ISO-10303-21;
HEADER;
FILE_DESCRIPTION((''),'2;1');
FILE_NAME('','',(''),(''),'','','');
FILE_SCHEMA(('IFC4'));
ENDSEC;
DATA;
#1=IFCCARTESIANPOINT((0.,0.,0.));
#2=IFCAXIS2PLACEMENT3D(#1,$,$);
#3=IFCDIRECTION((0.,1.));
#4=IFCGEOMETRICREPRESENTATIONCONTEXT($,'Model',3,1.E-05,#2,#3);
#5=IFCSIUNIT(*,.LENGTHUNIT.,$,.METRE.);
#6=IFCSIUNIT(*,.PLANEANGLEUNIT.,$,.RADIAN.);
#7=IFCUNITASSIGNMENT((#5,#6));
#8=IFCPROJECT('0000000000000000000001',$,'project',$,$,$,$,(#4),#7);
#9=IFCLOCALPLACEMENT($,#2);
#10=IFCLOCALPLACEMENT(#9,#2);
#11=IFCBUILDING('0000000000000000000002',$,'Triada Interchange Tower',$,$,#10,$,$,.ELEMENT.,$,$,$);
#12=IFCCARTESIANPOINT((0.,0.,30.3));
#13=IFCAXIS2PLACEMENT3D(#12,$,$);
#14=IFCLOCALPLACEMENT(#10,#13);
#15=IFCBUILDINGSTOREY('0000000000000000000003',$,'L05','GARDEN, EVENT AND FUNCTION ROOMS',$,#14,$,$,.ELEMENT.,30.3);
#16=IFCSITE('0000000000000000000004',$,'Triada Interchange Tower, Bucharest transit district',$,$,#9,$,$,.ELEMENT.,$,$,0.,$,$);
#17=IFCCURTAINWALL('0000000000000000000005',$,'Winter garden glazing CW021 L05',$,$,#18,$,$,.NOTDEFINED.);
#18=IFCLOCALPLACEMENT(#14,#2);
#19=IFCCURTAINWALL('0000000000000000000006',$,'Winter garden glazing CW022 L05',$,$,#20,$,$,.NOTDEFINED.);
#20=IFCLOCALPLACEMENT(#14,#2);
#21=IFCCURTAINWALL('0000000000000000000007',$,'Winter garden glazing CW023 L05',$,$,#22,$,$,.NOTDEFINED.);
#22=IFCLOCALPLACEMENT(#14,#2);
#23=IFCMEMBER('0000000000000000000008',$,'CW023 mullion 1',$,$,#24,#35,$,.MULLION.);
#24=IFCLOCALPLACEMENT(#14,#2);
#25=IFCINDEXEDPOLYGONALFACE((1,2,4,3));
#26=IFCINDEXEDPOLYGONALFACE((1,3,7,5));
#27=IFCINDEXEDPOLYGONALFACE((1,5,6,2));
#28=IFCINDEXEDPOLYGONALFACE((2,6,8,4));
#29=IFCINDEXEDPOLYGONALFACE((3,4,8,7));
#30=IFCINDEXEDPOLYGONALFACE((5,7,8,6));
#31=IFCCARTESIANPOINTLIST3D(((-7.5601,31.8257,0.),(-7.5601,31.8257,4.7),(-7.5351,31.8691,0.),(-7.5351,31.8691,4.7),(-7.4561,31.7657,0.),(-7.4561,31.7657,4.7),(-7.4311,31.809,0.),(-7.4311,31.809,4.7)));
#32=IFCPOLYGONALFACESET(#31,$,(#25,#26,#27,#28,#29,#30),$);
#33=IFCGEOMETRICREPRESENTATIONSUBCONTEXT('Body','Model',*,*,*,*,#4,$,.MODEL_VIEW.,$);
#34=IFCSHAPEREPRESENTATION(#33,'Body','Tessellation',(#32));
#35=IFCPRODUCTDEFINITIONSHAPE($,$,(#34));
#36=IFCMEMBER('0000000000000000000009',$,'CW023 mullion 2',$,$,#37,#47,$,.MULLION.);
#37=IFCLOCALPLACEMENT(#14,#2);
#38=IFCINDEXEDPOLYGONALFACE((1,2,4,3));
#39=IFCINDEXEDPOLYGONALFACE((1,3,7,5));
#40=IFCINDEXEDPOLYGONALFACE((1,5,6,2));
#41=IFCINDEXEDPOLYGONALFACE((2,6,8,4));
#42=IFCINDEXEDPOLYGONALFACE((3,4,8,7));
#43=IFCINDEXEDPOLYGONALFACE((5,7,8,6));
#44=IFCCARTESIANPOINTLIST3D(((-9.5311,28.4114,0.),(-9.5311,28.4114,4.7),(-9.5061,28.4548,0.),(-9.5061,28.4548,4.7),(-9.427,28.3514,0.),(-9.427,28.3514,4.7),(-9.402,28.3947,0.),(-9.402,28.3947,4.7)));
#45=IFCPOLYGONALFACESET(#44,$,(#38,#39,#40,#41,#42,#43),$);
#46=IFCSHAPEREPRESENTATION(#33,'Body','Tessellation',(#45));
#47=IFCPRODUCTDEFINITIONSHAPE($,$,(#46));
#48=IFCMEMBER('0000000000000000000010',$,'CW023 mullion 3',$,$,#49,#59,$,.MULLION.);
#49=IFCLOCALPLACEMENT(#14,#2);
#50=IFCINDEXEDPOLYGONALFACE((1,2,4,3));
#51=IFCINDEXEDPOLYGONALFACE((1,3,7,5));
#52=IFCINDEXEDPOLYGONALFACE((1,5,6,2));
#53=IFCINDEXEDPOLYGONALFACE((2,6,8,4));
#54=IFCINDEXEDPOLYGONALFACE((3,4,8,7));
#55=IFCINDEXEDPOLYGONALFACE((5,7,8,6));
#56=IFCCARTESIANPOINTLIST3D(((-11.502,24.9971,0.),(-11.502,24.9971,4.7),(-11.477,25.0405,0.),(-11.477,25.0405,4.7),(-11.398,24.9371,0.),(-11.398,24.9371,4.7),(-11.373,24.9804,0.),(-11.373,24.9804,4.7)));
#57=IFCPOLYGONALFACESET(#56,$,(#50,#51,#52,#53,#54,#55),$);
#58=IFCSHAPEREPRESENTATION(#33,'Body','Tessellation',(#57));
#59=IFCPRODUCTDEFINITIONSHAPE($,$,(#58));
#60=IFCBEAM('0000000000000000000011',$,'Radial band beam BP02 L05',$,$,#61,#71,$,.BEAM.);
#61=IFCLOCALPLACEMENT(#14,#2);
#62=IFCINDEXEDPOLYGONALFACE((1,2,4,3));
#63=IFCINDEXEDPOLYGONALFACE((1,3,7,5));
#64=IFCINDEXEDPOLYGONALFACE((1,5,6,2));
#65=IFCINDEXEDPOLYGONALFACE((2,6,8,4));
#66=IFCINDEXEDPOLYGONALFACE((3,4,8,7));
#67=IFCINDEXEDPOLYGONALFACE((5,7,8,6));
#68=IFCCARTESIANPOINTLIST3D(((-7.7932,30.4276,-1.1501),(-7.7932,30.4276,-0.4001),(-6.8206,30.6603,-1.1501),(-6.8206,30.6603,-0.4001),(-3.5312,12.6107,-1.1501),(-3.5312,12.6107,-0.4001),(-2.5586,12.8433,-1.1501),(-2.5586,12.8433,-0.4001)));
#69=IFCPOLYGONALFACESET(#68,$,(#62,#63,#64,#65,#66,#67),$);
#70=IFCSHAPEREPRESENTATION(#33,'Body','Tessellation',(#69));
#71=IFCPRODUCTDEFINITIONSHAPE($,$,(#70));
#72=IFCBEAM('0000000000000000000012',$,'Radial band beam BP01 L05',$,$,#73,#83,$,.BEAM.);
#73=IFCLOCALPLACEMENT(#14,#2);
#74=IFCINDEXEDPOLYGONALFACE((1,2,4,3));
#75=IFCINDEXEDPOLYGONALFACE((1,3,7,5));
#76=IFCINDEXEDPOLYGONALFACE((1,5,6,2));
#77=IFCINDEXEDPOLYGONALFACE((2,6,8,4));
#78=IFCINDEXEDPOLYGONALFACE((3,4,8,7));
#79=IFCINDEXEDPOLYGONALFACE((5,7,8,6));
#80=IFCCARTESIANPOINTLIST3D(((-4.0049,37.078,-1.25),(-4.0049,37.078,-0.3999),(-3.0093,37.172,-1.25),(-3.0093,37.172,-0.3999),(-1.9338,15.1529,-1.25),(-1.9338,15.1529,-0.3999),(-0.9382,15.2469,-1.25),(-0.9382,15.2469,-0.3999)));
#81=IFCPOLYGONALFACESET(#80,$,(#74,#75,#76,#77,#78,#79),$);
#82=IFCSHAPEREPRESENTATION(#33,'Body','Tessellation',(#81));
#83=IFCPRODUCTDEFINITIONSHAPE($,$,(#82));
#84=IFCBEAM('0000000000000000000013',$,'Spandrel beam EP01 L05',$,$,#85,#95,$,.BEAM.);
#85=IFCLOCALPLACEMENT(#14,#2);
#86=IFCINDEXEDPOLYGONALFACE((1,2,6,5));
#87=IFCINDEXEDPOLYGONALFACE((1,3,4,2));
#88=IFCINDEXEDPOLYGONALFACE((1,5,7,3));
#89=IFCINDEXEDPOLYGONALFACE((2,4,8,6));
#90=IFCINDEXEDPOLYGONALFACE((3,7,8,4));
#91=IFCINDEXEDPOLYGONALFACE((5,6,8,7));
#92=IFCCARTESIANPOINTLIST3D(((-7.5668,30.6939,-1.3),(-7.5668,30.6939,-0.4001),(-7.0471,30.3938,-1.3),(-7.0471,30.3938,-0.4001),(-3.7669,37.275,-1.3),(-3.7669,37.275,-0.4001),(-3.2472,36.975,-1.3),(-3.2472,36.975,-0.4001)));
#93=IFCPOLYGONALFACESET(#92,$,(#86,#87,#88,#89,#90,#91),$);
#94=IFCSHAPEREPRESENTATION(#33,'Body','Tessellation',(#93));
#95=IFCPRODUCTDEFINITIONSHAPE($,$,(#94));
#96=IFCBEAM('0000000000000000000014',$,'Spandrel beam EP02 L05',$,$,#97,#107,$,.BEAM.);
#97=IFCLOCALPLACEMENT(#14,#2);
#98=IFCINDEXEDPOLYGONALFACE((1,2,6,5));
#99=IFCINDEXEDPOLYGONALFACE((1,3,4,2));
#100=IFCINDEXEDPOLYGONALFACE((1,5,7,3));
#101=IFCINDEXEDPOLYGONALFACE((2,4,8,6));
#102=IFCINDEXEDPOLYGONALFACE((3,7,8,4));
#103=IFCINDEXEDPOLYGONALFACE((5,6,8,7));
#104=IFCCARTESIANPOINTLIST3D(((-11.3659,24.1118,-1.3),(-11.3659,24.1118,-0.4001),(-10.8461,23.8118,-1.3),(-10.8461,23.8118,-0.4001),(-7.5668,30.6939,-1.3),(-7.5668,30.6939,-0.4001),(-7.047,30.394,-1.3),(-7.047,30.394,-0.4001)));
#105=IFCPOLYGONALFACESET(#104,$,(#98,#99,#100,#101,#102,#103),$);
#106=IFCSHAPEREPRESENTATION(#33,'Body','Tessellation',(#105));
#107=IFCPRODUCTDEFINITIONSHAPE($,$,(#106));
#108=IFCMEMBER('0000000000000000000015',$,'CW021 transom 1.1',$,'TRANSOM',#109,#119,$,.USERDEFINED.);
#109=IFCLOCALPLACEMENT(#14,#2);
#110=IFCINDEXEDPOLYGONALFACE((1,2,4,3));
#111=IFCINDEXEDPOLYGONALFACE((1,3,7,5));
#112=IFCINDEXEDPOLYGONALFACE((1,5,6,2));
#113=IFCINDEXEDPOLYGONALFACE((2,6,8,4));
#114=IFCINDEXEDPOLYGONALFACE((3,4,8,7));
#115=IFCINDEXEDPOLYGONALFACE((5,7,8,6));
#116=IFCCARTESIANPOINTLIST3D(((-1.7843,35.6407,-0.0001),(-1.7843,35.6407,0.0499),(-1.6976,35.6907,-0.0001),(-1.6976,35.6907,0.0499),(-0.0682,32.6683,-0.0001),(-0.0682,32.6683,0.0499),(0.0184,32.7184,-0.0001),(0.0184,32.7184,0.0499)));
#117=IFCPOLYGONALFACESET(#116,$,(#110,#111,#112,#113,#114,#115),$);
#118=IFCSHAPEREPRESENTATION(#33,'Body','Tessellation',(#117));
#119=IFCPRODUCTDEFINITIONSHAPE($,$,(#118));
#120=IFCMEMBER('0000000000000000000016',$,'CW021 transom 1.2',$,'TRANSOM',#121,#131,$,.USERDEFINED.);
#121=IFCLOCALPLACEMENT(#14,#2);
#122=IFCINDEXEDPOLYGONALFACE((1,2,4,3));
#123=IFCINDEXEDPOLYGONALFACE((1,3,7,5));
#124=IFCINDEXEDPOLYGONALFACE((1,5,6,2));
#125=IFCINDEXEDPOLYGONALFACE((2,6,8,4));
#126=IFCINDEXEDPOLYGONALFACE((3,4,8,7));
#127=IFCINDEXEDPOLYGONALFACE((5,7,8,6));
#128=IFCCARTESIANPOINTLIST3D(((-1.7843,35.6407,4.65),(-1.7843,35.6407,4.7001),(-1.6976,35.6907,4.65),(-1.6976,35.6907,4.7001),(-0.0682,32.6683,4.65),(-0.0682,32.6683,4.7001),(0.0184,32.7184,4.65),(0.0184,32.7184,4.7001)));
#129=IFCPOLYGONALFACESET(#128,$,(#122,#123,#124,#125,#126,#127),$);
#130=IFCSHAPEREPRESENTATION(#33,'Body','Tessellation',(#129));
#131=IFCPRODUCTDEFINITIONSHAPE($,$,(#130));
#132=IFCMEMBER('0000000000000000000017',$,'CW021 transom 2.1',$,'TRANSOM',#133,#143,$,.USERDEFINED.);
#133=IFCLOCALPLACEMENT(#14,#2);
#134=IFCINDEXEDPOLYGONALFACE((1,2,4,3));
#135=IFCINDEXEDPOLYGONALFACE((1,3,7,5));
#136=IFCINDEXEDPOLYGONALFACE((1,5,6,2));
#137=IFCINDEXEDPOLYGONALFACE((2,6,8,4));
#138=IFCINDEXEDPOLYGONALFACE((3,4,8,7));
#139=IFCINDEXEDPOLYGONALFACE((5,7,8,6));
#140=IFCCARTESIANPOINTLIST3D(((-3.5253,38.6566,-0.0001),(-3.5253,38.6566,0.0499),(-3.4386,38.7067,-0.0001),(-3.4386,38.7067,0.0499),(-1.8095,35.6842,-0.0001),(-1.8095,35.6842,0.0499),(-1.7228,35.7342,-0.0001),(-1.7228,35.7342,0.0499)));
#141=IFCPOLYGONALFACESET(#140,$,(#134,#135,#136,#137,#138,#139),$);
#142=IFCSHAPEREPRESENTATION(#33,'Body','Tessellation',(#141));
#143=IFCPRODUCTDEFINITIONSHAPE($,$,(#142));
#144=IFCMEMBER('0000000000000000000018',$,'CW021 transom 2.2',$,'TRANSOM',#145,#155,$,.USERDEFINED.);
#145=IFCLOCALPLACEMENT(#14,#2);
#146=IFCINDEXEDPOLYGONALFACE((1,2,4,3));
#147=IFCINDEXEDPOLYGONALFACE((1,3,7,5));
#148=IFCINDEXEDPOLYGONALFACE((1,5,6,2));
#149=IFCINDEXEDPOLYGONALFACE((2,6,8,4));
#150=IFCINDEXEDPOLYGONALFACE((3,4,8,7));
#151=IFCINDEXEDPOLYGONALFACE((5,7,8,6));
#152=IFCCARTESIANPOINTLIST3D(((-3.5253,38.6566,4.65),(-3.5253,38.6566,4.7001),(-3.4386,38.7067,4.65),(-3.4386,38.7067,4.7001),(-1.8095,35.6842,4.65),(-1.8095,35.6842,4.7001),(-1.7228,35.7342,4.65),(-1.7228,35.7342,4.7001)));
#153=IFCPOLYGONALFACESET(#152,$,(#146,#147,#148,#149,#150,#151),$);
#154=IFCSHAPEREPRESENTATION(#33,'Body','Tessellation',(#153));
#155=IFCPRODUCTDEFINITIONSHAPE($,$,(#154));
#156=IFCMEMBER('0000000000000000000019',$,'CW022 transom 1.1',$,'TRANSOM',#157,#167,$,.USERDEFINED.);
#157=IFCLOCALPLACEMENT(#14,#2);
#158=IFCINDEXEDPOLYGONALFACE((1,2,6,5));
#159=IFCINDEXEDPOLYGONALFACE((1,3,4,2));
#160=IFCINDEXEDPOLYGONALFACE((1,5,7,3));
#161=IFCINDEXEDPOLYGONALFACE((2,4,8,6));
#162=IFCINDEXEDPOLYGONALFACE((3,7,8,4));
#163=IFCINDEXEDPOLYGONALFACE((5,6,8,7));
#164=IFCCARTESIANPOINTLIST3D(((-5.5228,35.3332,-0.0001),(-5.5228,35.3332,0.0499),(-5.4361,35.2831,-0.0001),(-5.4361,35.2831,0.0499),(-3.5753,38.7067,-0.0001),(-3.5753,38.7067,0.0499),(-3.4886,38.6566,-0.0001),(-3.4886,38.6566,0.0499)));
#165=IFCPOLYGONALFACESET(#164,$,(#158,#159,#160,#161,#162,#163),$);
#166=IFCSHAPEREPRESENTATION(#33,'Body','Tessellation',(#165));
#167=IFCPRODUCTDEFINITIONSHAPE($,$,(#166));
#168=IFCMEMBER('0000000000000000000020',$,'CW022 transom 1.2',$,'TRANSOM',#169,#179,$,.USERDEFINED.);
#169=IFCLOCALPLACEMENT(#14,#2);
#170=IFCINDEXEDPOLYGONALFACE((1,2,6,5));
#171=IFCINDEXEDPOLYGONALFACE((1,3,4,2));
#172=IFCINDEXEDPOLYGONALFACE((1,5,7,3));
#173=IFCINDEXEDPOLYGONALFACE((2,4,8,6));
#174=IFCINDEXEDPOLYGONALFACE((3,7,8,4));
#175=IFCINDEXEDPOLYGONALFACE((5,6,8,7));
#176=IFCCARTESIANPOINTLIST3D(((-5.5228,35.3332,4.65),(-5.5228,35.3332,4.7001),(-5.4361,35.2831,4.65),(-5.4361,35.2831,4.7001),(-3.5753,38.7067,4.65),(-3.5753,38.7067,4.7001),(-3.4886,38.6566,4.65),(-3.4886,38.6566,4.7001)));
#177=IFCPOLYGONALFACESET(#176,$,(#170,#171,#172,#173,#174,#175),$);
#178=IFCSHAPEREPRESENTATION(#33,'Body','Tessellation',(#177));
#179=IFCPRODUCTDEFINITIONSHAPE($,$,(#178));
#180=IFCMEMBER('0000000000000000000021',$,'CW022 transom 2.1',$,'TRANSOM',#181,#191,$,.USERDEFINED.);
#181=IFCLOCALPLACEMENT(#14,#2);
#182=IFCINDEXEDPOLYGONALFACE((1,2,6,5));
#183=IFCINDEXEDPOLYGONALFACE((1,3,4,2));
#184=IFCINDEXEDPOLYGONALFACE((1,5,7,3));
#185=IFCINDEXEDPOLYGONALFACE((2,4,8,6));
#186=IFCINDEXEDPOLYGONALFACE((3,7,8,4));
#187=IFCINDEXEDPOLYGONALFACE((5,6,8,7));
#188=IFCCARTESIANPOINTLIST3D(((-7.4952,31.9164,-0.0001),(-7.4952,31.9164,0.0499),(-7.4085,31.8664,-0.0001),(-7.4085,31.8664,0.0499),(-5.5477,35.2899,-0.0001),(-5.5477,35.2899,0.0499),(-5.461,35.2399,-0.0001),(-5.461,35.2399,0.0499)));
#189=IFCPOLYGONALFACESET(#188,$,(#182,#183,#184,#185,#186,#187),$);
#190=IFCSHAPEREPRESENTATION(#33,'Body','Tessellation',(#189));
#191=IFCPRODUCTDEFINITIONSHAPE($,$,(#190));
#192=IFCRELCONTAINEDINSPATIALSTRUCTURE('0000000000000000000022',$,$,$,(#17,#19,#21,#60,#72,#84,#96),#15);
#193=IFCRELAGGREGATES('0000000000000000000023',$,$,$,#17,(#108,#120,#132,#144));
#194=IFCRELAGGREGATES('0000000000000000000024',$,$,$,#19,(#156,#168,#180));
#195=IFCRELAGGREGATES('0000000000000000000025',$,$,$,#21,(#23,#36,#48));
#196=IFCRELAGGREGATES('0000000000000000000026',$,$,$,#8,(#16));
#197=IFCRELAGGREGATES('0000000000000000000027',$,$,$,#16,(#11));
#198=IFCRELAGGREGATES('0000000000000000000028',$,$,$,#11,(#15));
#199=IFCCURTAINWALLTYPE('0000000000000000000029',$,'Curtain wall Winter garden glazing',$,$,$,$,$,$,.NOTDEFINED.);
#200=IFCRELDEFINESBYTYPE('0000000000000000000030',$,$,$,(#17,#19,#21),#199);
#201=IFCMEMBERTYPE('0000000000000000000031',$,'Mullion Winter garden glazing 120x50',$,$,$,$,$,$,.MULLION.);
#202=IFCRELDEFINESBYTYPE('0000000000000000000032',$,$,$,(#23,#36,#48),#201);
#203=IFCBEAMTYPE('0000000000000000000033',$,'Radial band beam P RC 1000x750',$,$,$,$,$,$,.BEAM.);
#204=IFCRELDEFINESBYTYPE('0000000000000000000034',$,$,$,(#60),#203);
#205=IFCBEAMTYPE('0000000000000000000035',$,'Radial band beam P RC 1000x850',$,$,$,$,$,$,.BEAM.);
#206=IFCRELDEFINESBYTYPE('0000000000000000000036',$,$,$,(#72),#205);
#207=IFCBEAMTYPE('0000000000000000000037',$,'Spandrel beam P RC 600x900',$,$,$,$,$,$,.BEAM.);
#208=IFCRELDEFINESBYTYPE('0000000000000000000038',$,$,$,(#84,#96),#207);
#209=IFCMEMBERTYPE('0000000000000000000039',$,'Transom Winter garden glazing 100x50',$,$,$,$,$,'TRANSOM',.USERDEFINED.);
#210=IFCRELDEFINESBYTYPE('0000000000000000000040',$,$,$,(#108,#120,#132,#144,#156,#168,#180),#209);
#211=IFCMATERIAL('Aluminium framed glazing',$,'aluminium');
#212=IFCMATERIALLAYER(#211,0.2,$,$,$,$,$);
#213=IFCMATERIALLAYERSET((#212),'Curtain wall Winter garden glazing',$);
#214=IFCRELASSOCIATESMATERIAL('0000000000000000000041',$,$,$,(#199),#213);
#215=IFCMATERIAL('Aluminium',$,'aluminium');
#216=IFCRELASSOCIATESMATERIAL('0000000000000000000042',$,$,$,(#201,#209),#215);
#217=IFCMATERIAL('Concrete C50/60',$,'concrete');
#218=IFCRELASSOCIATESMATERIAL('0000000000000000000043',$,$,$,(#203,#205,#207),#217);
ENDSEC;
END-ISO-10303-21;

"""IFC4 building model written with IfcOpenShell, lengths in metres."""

from ifc_helpers import new_model, si_unit, direction, frame, origin, origin_2d, place, context, subcontext, project, spatial, rectangle, extrude, material, layer, layer_set, material_profile, profile_set, type_object, element, aggregate, save


model = new_model("IFC4")

# Units and contexts
model_context = context("Model", 3, precision=1e-05, world=origin(), true_north=direction((0.0, 1.0)))
body_context = subcontext(model_context, "Body", "Model", "MODEL_VIEW")
ifc_project = project(units=[si_unit("LENGTHUNIT", "METRE"), si_unit("PLANEANGLEUNIT", "RADIAN")], contexts=[model_context])

# Site, building, storey
site_placement = place(None, origin())
site = spatial("IfcSite", under=ifc_project, at=site_placement, Name="Triada Interchange Tower, Bucharest transit district", CompositionType="ELEMENT", RefElevation=0.0)
building_placement = place(site_placement, origin())
building = spatial("IfcBuilding", under=site, at=building_placement, Name="Triada Interchange Tower", CompositionType="ELEMENT")
storey_placement = place(building_placement, frame((0.0, 0.0, 30.3)))
storey = spatial("IfcBuildingStorey", under=building, at=storey_placement, Name="L05", Description="GARDEN, EVENT AND FUNCTION ROOMS", CompositionType="ELEMENT", Elevation=30.3)

# Curtain walls, members
ifc_material_1 = material(Name="Aluminium framed glazing", Category="aluminium")
ifc_layer_1 = layer(ifc_material_1, 0.2)
ifc_layer_set_1 = layer_set([ifc_layer_1], Name="Curtain wall Winter garden glazing")
curtain_wall_type = type_object("IfcCurtainWallType", Name="Curtain wall Winter garden glazing", PredefinedType="NOTDEFINED", material=ifc_layer_set_1)
curtain_wall_1_placement = place(storey_placement, origin())
curtain_wall_1 = element("IfcCurtainWall", 1, at=curtain_wall_1_placement, inside=storey, type_object=curtain_wall_type, Name="Winter garden glazing CW021 L05", PredefinedType="NOTDEFINED")
ifc_material_2 = material(Name="Aluminium", Category="aluminium")
ifc_material_profile_1 = material_profile(ifc_material_2, rectangle(XDim=0.1201, YDim=0.05, at=origin_2d()), Name="Aluminium mullion")
ifc_profile_set_1 = profile_set([ifc_material_profile_1], Name="Aluminium")
member_type_1 = type_object("IfcMemberType", Name="Mullion Winter garden glazing 120x50", PredefinedType="MULLION", material=ifc_profile_set_1)
curtain_wall_2_placement = place(storey_placement, origin())
curtain_wall_2 = element("IfcCurtainWall", 2, at=curtain_wall_2_placement, inside=storey, type_object=curtain_wall_type, Name="Winter garden glazing CW022 L05", PredefinedType="NOTDEFINED")
curtain_wall_3_placement = place(storey_placement, origin())
curtain_wall_3 = element("IfcCurtainWall", 3, at=curtain_wall_3_placement, inside=storey, type_object=curtain_wall_type, Name="Winter garden glazing CW023 L05", PredefinedType="NOTDEFINED")
member_1_placement = place(storey_placement, frame((-7.4956, 31.8174, 0.0), z_axis=(0.0, 0.0, 1.0), x_axis=(0.866055, -0.499948, 0.0)))
member_1 = element("IfcMember", 4, at=member_1_placement, type_object=member_type_1, Name="CW023 mullion 1", PredefinedType="MULLION", context=body_context, shape_type="SweptSolid", body=[
    extrude(rectangle(XDim=0.1201, YDim=0.05, at=origin_2d()), origin(), (0.0, 0.0, 1.0), 4.7),
])
member_2_placement = place(storey_placement, frame((-9.4666, 28.4031, 0.0), z_axis=(0.0, 0.0, 1.0), x_axis=(0.866055, -0.499948, 0.0)))
member_2 = element("IfcMember", 5, at=member_2_placement, type_object=member_type_1, Name="CW023 mullion 2", PredefinedType="MULLION", context=body_context, shape_type="SweptSolid", body=[
    extrude(rectangle(XDim=0.1201, YDim=0.05, at=origin_2d()), origin(), (0.0, 0.0, 1.0), 4.7),
])
member_3_placement = place(storey_placement, frame((-11.4375, 24.9888, 0.0), z_axis=(0.0, 0.0, 1.0), x_axis=(0.866055, -0.499948, 0.0)))
member_3 = element("IfcMember", 6, at=member_3_placement, type_object=member_type_1, Name="CW023 mullion 3", PredefinedType="MULLION", context=body_context, shape_type="SweptSolid", body=[
    extrude(rectangle(XDim=0.1201, YDim=0.05, at=origin_2d()), origin(), (0.0, 0.0, 1.0), 4.7),
])

# Beams
ifc_material_3 = material(Name="Concrete C50/60", Category="concrete")
ifc_material_profile_2 = material_profile(ifc_material_3, rectangle(XDim=1.0, YDim=0.75, at=origin_2d()), Name="RC 1000x750")
ifc_profile_set_2 = profile_set([ifc_material_profile_2], Name="Concrete C50/60")
beam_type_1 = type_object("IfcBeamType", Name="Radial band beam P RC 1000x750", PredefinedType="BEAM", material=ifc_profile_set_2)
beam_1_placement = place(storey_placement, frame((-7.3069, 30.5439, -0.7751), z_axis=(0.232646, -0.972562, 0.0), x_axis=(0.972562, 0.232646, 0.0)))
element("IfcBeam", 7, at=beam_1_placement, inside=storey, type_object=beam_type_1, Name="Radial band beam BP02 L05", PredefinedType="BEAM", context=body_context, shape_type="SweptSolid", body=[
    extrude(rectangle(XDim=1.0, YDim=0.75, at=origin_2d()), origin(), (0.0, 0.0, 1.0), 18.3196),
])
ifc_material_profile_3 = material_profile(ifc_material_3, rectangle(XDim=1.0, YDim=0.8501, at=origin_2d()), Name="RC 1000x850")
ifc_profile_set_3 = profile_set([ifc_material_profile_3], Name="Concrete C50/60")
beam_type_2 = type_object("IfcBeamType", Name="Radial band beam P RC 1000x850", PredefinedType="BEAM", material=ifc_profile_set_3)
beam_2_placement = place(storey_placement, frame((-3.5071, 37.125, -0.825), z_axis=(0.094042, -0.995568, 0.0), x_axis=(0.995568, 0.094042, 0.0)))
element("IfcBeam", 8, at=beam_2_placement, inside=storey, type_object=beam_type_2, Name="Radial band beam BP01 L05", PredefinedType="BEAM", context=body_context, shape_type="SweptSolid", body=[
    extrude(rectangle(XDim=1.0, YDim=0.8501, at=origin_2d()), origin(), (0.0, 0.0, 1.0), 22.0227),
])
ifc_material_profile_4 = material_profile(ifc_material_3, rectangle(XDim=0.6001, YDim=0.8999, at=origin_2d()), Name="RC 600x900")
ifc_profile_set_4 = profile_set([ifc_material_profile_4], Name="Concrete C50/60")
beam_type_3 = type_object("IfcBeamType", Name="Spandrel beam P RC 600x900", PredefinedType="BEAM", material=ifc_profile_set_4)
beam_3_placement = place(storey_placement, frame((-3.5071, 37.125, -0.8501), z_axis=(-0.500023, -0.866012, 0.0), x_axis=(0.866012, -0.500023, 0.0)))
element("IfcBeam", 9, at=beam_3_placement, inside=storey, type_object=beam_type_3, Name="Spandrel beam EP01 L05", PredefinedType="BEAM", context=body_context, shape_type="SweptSolid", body=[
    extrude(rectangle(XDim=0.6001, YDim=0.8999, at=origin_2d()), origin(), (0.0, 0.0, 1.0), 7.5994),
])
beam_4_placement = place(storey_placement, frame((-7.3069, 30.5439, -0.8501), z_axis=(-0.499895, -0.866086, 0.0), x_axis=(0.866086, -0.499895, 0.0)))
element("IfcBeam", 10, at=beam_4_placement, inside=storey, type_object=beam_type_3, Name="Spandrel beam EP02 L05", PredefinedType="BEAM", context=body_context, shape_type="SweptSolid", body=[
    extrude(rectangle(XDim=0.6001, YDim=0.8999, at=origin_2d()), origin(), (0.0, 0.0, 1.0), 7.5999),
])

# Members
ifc_material_profile_5 = material_profile(ifc_material_2, rectangle(XDim=0.1001, YDim=0.05, at=origin_2d()), Name="Aluminium transom")
ifc_profile_set_5 = profile_set([ifc_material_profile_5], Name="Aluminium")
member_type_2 = type_object("IfcMemberType", Name="Transom Winter garden glazing 100x50", ElementType="TRANSOM", PredefinedType="USERDEFINED", material=ifc_profile_set_5)
member_4_placement = place(storey_placement, frame((-0.0249, 32.6934, 0.0249), z_axis=(-0.499987, 0.866033, 0.0), x_axis=(-0.866033, -0.499987, 0.0)))
member_4 = element("IfcMember", 11, at=member_4_placement, type_object=member_type_2, Name="CW021 transom 1.1", ObjectType="TRANSOM", PredefinedType="USERDEFINED", context=body_context, shape_type="SweptSolid", body=[
    extrude(rectangle(XDim=0.1001, YDim=0.05, at=origin_2d()), origin(), (0.0, 0.0, 1.0), 3.4321),
])
member_5_placement = place(storey_placement, frame((-0.0249, 32.6934, 4.675), z_axis=(-0.499987, 0.866033, 0.0), x_axis=(-0.866033, -0.499987, 0.0)))
member_5 = element("IfcMember", 12, at=member_5_placement, type_object=member_type_2, Name="CW021 transom 1.2", ObjectType="TRANSOM", PredefinedType="USERDEFINED", context=body_context, shape_type="SweptSolid", body=[
    extrude(rectangle(XDim=0.1001, YDim=0.05, at=origin_2d()), origin(), (0.0, 0.0, 1.0), 3.4321),
])
member_6_placement = place(storey_placement, frame((-1.7661, 35.7092, 0.0249), z_axis=(-0.499934, 0.866064, 0.0), x_axis=(-0.866064, -0.499934, 0.0)))
member_6 = element("IfcMember", 13, at=member_6_placement, type_object=member_type_2, Name="CW021 transom 2.1", ObjectType="TRANSOM", PredefinedType="USERDEFINED", context=body_context, shape_type="SweptSolid", body=[
    extrude(rectangle(XDim=0.1001, YDim=0.05, at=origin_2d()), origin(), (0.0, 0.0, 1.0), 3.4321),
])
member_7_placement = place(storey_placement, frame((-1.7661, 35.7092, 4.675), z_axis=(-0.499934, 0.866064, 0.0), x_axis=(-0.866064, -0.499934, 0.0)))
member_7 = element("IfcMember", 14, at=member_7_placement, type_object=member_type_2, Name="CW021 transom 2.2", ObjectType="TRANSOM", PredefinedType="USERDEFINED", context=body_context, shape_type="SweptSolid", body=[
    extrude(rectangle(XDim=0.1001, YDim=0.05, at=origin_2d()), origin(), (0.0, 0.0, 1.0), 3.4321),
])
member_8_placement = place(storey_placement, frame((-3.532, 38.6816, 0.0249), z_axis=(-0.499961, -0.866048, 0.0), x_axis=(0.866048, -0.499961, 0.0)))
member_8 = element("IfcMember", 15, at=member_8_placement, type_object=member_type_2, Name="CW022 transom 1.1", ObjectType="TRANSOM", PredefinedType="USERDEFINED", context=body_context, shape_type="SweptSolid", body=[
    extrude(rectangle(XDim=0.1001, YDim=0.05, at=origin_2d()), origin(), (0.0, 0.0, 1.0), 3.8953),
])
member_9_placement = place(storey_placement, frame((-3.532, 38.6816, 4.675), z_axis=(-0.499961, -0.866048, 0.0), x_axis=(0.866048, -0.499961, 0.0)))
member_9 = element("IfcMember", 16, at=member_9_placement, type_object=member_type_2, Name="CW022 transom 1.2", ObjectType="TRANSOM", PredefinedType="USERDEFINED", context=body_context, shape_type="SweptSolid", body=[
    extrude(rectangle(XDim=0.1001, YDim=0.05, at=origin_2d()), origin(), (0.0, 0.0, 1.0), 3.8953),
])
member_10_placement = place(storey_placement, frame((-5.5044, 35.2649, 0.0249), z_axis=(-0.499961, -0.866048, 0.0), x_axis=(0.866048, -0.499961, 0.0)))
member_10 = element("IfcMember", 17, at=member_10_placement, type_object=member_type_2, Name="CW022 transom 2.1", ObjectType="TRANSOM", PredefinedType="USERDEFINED", context=body_context, shape_type="SweptSolid", body=[
    extrude(rectangle(XDim=0.1001, YDim=0.05, at=origin_2d()), origin(), (0.0, 0.0, 1.0), 3.8953),
])

aggregate(curtain_wall_1, [member_4, member_5, member_6, member_7])
aggregate(curtain_wall_2, [member_8, member_9, member_10])
aggregate(curtain_wall_3, [member_1, member_2, member_3])

save(model, "model.ifc")
